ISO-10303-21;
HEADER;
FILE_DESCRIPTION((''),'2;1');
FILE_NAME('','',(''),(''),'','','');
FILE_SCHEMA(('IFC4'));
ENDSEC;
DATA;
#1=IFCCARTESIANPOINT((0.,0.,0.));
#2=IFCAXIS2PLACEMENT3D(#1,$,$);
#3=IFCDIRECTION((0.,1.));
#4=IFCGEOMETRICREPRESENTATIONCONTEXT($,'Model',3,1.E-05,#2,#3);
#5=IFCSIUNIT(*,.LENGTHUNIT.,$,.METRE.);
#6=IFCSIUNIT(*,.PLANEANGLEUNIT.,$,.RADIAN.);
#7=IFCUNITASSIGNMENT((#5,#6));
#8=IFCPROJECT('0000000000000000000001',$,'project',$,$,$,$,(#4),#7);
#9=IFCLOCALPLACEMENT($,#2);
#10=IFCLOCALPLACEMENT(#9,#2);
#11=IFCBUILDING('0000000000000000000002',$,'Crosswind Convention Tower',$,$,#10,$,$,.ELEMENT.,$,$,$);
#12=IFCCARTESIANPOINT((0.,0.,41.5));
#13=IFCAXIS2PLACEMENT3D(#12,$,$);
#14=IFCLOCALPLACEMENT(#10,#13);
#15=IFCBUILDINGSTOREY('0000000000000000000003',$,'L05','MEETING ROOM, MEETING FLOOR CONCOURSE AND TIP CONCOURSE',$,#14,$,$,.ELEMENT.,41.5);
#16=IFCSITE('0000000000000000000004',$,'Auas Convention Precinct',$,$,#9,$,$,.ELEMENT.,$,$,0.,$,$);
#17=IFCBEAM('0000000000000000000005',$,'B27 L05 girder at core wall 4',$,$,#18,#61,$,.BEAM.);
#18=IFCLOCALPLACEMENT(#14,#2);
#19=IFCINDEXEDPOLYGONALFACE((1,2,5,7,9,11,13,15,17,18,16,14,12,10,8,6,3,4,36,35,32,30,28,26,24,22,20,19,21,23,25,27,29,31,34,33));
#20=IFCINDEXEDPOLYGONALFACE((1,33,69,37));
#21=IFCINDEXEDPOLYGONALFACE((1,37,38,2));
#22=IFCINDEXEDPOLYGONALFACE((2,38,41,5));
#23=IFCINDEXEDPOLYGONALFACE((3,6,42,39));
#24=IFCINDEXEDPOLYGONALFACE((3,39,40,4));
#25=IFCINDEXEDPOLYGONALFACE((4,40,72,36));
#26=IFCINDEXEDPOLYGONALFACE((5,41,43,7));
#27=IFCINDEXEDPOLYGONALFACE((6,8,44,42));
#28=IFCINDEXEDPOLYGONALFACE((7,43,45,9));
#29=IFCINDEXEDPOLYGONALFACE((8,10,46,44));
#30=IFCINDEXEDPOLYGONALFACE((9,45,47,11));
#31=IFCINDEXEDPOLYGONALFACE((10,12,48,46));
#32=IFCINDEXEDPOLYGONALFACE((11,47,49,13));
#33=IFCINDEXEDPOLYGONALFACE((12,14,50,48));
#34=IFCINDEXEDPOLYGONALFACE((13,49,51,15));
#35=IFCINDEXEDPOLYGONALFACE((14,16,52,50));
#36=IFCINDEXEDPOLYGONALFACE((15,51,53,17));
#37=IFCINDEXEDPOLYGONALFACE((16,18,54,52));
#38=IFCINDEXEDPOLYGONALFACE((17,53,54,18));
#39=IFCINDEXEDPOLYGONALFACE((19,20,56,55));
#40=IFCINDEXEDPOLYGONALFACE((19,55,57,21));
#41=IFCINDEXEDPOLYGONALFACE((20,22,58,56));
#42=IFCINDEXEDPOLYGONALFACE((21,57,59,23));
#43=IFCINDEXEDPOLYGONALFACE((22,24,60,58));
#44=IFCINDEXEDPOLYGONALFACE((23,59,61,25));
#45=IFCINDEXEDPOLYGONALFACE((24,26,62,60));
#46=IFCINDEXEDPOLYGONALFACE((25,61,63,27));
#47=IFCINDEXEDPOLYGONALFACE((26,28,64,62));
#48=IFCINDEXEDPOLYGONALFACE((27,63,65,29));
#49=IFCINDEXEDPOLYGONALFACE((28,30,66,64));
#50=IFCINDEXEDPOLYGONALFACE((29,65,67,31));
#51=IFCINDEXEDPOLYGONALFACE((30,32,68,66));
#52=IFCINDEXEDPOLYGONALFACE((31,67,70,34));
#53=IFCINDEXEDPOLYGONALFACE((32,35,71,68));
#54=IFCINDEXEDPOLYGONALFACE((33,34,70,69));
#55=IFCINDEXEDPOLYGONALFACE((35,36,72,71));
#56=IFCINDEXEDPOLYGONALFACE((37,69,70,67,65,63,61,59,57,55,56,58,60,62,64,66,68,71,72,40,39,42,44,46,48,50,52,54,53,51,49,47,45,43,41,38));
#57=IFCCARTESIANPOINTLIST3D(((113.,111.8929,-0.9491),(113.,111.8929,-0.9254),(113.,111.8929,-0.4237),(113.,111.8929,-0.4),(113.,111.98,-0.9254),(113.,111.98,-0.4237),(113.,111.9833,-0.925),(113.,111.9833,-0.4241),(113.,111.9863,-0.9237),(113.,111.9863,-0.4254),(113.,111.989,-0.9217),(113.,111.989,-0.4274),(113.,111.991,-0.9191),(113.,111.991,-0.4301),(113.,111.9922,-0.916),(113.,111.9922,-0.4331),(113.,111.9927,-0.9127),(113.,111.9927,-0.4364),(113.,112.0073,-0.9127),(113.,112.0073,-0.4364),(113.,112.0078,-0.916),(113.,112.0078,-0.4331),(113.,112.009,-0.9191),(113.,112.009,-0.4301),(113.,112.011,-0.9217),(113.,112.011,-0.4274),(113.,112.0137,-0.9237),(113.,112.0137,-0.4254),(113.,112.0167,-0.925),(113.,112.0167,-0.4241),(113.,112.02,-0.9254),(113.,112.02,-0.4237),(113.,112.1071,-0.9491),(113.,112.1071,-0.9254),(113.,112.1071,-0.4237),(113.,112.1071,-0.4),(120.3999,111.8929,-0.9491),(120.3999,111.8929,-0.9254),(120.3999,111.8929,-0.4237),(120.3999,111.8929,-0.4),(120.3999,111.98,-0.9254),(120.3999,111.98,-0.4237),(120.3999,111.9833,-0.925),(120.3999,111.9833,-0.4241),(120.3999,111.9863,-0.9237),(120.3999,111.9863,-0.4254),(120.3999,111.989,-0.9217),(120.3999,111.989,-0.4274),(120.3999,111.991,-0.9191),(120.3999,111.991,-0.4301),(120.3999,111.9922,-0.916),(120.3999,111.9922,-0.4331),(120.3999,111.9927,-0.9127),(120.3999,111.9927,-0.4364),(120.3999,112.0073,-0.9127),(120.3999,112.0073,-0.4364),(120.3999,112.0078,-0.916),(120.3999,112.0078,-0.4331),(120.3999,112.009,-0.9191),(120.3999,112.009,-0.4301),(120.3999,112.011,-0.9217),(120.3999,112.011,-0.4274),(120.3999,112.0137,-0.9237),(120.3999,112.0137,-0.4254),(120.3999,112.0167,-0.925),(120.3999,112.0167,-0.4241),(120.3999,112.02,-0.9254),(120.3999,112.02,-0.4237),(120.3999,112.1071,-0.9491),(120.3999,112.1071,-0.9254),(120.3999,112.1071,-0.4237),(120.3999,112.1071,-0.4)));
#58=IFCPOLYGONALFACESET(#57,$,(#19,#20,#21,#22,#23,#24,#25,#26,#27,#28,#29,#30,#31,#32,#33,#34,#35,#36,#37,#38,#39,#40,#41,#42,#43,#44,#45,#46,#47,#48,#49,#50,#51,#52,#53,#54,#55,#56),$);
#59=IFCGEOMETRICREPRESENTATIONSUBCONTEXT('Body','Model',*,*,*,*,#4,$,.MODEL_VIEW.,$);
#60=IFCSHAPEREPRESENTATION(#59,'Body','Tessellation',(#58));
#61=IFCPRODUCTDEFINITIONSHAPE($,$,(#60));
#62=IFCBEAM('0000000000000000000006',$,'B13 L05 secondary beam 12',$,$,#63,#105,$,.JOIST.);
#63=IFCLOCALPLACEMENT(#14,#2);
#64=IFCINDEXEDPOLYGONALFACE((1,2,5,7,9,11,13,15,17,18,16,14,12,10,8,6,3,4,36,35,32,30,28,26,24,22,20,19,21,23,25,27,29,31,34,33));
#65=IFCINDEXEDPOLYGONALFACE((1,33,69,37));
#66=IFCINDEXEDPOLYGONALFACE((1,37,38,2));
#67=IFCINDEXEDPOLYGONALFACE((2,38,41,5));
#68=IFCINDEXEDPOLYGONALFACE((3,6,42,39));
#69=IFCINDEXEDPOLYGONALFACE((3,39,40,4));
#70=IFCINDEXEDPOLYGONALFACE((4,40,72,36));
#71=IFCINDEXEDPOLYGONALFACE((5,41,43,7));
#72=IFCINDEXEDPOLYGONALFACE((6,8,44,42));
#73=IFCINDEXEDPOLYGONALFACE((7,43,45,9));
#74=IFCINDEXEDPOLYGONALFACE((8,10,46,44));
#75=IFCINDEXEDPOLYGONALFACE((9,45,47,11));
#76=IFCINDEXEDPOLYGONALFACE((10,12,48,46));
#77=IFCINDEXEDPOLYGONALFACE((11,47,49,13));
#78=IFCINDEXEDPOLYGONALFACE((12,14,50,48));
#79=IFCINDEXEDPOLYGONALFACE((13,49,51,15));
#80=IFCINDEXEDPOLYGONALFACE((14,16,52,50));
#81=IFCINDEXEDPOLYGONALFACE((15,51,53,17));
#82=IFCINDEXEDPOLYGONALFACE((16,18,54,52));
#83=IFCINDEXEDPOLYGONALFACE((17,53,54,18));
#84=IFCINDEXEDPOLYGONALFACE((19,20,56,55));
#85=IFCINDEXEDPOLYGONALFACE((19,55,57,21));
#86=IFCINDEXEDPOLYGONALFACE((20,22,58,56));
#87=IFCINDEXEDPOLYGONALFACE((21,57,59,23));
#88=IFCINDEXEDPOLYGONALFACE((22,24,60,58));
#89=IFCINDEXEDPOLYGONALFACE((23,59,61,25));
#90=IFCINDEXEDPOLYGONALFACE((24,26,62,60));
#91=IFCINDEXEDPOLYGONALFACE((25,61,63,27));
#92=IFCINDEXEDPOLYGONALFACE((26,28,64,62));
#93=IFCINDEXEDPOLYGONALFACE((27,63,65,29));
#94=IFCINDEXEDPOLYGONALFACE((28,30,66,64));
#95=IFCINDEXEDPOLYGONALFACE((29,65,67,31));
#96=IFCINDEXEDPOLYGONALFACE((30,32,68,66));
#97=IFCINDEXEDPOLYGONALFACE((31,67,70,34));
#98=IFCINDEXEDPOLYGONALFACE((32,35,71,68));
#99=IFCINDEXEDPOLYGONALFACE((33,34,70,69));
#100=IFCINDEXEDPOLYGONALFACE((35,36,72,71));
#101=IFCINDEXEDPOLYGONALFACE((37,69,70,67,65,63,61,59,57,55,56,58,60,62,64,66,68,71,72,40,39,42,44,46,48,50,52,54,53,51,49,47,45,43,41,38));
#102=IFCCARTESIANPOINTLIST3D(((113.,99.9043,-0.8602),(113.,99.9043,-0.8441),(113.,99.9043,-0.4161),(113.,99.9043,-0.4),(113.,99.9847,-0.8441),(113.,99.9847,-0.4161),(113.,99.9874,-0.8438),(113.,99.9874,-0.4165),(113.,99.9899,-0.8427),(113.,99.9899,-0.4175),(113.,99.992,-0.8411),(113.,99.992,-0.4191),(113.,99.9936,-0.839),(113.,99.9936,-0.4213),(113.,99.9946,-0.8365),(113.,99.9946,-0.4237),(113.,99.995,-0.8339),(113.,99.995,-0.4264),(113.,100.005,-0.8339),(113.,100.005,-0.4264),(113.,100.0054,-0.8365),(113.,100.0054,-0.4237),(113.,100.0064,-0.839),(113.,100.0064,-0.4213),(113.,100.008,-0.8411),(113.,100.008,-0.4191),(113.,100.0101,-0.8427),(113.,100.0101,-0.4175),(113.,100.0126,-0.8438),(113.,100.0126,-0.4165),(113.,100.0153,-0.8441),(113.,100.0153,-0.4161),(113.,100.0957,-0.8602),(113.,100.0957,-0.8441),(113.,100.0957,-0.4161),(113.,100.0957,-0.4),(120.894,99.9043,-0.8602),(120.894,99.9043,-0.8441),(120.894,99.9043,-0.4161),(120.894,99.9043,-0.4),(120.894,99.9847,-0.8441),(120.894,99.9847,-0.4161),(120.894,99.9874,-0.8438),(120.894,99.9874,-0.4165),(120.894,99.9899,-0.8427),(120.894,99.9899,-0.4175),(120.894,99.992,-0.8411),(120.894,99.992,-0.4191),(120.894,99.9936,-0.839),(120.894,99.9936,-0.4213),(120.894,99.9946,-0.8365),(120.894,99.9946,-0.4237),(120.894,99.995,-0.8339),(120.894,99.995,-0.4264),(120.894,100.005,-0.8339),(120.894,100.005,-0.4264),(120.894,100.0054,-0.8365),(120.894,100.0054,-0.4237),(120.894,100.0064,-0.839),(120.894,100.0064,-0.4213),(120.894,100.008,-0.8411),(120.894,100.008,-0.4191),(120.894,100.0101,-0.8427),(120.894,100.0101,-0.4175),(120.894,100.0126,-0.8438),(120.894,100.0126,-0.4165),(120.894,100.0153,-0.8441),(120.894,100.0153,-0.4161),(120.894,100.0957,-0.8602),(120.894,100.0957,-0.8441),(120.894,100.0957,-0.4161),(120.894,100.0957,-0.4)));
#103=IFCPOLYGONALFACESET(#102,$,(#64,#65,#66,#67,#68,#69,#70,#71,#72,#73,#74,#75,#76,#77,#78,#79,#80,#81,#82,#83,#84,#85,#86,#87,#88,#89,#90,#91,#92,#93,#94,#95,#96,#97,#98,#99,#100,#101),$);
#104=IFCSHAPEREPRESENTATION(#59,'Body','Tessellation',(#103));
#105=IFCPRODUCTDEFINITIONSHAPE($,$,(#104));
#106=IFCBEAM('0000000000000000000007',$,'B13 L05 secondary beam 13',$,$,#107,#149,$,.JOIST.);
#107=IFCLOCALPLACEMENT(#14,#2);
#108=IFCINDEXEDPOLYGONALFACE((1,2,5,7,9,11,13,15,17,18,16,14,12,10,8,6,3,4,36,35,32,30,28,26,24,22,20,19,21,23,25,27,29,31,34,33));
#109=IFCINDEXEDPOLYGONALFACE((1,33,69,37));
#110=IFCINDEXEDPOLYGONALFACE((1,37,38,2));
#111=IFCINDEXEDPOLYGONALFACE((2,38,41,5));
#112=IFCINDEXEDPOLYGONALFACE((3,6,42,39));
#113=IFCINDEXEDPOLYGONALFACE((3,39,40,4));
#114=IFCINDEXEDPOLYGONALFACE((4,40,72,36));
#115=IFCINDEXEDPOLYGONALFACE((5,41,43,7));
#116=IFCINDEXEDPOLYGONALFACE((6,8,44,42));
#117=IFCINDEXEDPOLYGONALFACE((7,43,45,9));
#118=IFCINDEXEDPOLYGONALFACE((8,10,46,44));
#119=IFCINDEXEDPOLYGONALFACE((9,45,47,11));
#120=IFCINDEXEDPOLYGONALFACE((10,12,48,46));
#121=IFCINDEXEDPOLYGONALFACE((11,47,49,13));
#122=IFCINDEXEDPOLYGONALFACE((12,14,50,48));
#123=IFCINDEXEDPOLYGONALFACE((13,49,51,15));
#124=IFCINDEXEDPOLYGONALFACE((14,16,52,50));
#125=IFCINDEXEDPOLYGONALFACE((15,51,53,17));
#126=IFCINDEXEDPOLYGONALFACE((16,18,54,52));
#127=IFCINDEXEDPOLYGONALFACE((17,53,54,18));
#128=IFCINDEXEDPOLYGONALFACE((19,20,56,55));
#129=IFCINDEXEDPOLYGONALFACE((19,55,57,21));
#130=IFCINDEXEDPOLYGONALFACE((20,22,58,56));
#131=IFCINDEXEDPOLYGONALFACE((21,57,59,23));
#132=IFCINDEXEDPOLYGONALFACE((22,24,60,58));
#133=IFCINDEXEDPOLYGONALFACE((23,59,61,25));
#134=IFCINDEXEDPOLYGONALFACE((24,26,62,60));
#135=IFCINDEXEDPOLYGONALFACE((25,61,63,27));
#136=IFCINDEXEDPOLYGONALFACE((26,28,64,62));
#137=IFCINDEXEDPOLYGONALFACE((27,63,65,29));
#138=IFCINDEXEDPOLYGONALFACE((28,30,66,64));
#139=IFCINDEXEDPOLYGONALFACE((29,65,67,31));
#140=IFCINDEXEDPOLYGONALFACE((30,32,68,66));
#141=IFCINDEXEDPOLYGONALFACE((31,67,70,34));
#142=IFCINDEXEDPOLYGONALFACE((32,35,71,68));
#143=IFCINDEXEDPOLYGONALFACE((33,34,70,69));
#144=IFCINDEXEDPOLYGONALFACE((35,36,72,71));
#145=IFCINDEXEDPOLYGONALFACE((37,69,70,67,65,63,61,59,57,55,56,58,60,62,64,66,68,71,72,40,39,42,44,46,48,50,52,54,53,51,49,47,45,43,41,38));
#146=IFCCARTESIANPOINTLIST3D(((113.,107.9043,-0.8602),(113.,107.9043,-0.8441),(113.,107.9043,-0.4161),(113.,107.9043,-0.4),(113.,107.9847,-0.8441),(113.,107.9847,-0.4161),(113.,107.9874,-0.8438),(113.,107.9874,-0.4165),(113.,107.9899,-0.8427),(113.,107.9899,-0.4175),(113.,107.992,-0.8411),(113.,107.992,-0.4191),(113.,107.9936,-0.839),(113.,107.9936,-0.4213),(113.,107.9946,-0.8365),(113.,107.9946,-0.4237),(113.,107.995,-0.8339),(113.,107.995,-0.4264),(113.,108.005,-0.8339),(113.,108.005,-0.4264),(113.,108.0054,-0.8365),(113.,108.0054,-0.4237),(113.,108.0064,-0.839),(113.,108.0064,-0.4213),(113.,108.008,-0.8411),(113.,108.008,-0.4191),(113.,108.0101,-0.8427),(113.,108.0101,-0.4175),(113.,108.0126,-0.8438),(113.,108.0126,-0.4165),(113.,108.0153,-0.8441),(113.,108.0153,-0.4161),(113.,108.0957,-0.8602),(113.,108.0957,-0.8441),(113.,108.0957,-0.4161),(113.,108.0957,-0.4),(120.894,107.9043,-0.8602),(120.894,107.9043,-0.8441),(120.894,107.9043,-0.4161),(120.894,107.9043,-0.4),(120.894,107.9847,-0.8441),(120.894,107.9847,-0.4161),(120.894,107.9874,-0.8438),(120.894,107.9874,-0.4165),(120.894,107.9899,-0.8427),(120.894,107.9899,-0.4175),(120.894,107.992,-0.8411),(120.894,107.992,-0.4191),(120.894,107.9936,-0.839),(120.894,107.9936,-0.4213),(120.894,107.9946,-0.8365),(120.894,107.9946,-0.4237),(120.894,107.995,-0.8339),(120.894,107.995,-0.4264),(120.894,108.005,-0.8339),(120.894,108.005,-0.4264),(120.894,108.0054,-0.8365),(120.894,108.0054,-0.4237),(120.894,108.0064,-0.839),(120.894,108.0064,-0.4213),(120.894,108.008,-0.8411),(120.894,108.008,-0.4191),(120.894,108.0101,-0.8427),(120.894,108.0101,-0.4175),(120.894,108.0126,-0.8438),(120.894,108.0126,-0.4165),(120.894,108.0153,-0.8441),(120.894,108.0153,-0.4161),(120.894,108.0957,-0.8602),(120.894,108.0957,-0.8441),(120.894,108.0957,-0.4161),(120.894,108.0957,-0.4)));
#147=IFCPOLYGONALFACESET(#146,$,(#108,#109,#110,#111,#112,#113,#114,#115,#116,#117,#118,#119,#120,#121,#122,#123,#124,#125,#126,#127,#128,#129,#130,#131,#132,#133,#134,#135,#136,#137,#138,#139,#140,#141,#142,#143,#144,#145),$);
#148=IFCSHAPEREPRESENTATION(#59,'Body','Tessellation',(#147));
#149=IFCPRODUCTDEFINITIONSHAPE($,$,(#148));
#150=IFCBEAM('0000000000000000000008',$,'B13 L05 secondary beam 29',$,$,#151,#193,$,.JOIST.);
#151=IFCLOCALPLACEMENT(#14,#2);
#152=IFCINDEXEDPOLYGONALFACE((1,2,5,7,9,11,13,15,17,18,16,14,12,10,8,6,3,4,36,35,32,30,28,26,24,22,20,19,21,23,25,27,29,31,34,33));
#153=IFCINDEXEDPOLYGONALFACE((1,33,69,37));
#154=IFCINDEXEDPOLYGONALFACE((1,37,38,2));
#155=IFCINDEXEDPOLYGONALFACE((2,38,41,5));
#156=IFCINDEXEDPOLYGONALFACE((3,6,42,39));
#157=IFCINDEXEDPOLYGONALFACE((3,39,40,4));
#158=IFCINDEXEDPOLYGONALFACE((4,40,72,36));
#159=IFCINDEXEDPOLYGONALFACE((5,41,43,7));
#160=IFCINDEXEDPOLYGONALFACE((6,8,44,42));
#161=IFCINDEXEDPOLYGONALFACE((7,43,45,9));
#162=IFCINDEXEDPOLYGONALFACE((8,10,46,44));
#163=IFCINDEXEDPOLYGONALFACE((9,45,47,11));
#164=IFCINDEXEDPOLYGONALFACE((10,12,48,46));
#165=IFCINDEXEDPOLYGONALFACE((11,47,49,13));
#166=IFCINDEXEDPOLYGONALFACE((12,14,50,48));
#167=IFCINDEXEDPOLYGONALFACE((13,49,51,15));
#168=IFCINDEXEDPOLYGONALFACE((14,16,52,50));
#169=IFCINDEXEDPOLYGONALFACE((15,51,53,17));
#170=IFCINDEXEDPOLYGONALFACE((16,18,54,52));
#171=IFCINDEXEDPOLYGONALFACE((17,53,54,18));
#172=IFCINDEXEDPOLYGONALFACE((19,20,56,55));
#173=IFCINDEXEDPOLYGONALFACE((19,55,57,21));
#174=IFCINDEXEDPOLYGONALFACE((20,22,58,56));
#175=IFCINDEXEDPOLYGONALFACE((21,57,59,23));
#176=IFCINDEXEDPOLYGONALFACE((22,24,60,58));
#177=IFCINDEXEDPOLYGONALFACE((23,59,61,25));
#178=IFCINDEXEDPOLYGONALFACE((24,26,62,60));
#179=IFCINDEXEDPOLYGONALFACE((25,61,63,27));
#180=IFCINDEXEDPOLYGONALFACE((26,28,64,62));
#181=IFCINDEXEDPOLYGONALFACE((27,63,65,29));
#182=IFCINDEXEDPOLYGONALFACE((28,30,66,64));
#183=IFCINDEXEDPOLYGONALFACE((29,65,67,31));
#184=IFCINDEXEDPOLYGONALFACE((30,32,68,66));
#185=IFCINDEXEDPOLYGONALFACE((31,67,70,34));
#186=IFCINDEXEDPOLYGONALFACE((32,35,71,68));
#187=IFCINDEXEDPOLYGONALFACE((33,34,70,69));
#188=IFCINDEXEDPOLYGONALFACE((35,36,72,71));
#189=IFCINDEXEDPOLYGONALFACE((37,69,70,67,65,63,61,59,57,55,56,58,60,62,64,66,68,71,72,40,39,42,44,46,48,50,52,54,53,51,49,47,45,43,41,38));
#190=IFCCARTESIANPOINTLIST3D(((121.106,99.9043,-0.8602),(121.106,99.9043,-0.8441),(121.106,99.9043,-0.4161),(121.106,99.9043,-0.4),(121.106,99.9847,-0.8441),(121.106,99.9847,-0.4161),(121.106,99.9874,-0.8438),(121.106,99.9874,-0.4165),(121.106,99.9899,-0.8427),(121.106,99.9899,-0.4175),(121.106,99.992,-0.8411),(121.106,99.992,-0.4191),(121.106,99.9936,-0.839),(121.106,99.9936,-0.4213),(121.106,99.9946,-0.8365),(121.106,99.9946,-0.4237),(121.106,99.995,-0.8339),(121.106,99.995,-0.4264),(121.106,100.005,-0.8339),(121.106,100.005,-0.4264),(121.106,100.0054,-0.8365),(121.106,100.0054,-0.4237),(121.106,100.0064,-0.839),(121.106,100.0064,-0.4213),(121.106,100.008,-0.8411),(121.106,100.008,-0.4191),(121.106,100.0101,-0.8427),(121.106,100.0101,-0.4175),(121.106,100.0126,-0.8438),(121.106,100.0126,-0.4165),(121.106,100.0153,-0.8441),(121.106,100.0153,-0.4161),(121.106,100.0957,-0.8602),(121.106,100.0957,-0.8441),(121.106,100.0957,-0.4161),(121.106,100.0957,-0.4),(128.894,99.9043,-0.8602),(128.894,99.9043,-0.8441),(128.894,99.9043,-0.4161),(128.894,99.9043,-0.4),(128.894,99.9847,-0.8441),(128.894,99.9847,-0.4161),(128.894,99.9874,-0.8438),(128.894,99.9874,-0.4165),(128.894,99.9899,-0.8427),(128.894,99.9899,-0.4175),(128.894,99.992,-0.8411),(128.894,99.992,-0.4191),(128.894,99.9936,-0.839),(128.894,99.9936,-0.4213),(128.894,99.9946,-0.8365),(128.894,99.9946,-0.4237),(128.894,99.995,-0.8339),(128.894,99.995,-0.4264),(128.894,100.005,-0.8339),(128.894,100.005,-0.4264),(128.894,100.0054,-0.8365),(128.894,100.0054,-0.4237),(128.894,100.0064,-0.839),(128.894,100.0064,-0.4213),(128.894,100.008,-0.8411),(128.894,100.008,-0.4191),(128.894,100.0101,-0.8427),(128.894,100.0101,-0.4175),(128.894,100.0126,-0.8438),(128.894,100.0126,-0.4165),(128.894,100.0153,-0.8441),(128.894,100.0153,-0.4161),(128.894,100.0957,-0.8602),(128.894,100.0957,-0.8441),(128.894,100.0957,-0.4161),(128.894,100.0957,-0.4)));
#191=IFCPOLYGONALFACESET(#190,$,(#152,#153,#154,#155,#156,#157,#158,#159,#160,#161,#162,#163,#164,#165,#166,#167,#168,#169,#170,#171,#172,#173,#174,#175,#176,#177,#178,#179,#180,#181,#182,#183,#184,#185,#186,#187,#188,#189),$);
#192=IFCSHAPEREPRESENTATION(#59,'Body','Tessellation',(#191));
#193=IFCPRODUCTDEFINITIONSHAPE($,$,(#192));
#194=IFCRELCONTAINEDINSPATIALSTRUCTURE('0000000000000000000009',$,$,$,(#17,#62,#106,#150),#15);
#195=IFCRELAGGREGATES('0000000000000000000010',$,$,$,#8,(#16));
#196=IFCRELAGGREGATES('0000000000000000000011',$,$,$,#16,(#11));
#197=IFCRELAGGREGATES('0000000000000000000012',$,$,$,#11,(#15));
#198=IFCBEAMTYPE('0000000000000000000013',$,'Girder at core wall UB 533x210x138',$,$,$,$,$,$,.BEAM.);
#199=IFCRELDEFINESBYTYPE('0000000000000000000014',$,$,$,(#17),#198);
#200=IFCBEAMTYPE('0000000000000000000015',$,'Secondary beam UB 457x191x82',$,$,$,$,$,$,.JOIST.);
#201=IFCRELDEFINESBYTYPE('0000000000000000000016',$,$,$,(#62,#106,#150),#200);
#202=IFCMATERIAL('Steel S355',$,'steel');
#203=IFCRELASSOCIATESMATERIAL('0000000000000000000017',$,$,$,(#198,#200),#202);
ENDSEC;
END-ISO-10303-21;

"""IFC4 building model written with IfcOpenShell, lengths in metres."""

from ifc_helpers import new_model, si_unit, direction, frame, origin, origin_2d, place, context, subcontext, project, spatial, i_section, extrude, material, material_profile, profile_set, type_object, element, save


model = new_model("IFC4")

# Units and contexts
model_context = context("Model", 3, precision=1e-05, world=origin(), true_north=direction((0.0, 1.0)))
body_context = subcontext(model_context, "Body", "Model", "MODEL_VIEW")
ifc_project = project(units=[si_unit("LENGTHUNIT", "METRE"), si_unit("PLANEANGLEUNIT", "RADIAN")], contexts=[model_context])

# Site, building, storey
site_placement = place(None, origin())
site = spatial("IfcSite", under=ifc_project, at=site_placement, Name="Auas Convention Precinct", CompositionType="ELEMENT", RefElevation=0.0)
building_placement = place(site_placement, origin())
building = spatial("IfcBuilding", under=site, at=building_placement, Name="Crosswind Convention Tower", CompositionType="ELEMENT")
storey_placement = place(building_placement, frame((0.0, 0.0, 41.5)))
storey = spatial("IfcBuildingStorey", under=building, at=storey_placement, Name="L05", Description="MEETING ROOM, MEETING FLOOR CONCOURSE AND TIP CONCOURSE", CompositionType="ELEMENT", Elevation=41.5)

# Beams
ifc_material_1 = material(Name="Steel S355", Category="steel")
ifc_material_profile_1 = material_profile(ifc_material_1, i_section(OverallWidth=0.2141, OverallDepth=0.5491, WebThickness=0.0146, FlangeThickness=0.0237, FilletRadius=0.0127, at=origin_2d()), Name="UB 533x210x138")
ifc_profile_set_1 = profile_set([ifc_material_profile_1], Name="Steel S355")
beam_type_1 = type_object("IfcBeamType", Name="Girder at core wall UB 533x210x138", PredefinedType="BEAM", material=ifc_profile_set_1)
for number, where, z_axis, x_axis, name in (
    (1, (113.0, 112.0, -0.6746), (1.0, 0.0, 0.0), (0.0, 1.0, 0.0), "B27 L05 girder at core wall 4"),
):
    element("IfcBeam", number, at=place(storey_placement, frame(where, z_axis=z_axis, x_axis=x_axis)), inside=storey, type_object=beam_type_1, Name=name, PredefinedType="BEAM", context=body_context, shape_type="SweptSolid", body=[
        extrude(i_section(OverallWidth=0.2141, OverallDepth=0.5491, WebThickness=0.0146, FlangeThickness=0.0237, FilletRadius=0.0127, at=origin_2d()), origin(), (0.0, 0.0, 1.0), 7.3999),
    ])
ifc_material_profile_2 = material_profile(ifc_material_1, i_section(OverallWidth=0.1914, OverallDepth=0.4602, WebThickness=0.01, FlangeThickness=0.0161, FilletRadius=0.0103, at=origin_2d()), Name="UB 457x191x82")
ifc_profile_set_2 = profile_set([ifc_material_profile_2], Name="Steel S355")
beam_type_2 = type_object("IfcBeamType", Name="Secondary beam UB 457x191x82", PredefinedType="JOIST", material=ifc_profile_set_2)
for number, where, z_axis, x_axis, name in (
    (2, (113.0, 100.0, -0.6301), (1.0, 0.0, 0.0), (0.0, 1.0, 0.0), "B13 L05 secondary beam 12"),
    (3, (113.0, 108.0, -0.6301), (1.0, 0.0, 0.0), (0.0, 1.0, 0.0), "B13 L05 secondary beam 13"),
):
    element("IfcBeam", number, at=place(storey_placement, frame(where, z_axis=z_axis, x_axis=x_axis)), inside=storey, type_object=beam_type_2, Name=name, PredefinedType="JOIST", context=body_context, shape_type="SweptSolid", body=[
        extrude(i_section(OverallWidth=0.1914, OverallDepth=0.4602, WebThickness=0.01, FlangeThickness=0.0161, FilletRadius=0.0103, at=origin_2d()), origin(), (0.0, 0.0, 1.0), 7.894),
    ])
beam_placement = place(storey_placement, frame((121.106, 100.0, -0.6301), z_axis=(1.0, 0.0, 0.0), x_axis=(0.0, 1.0, 0.0)))
element("IfcBeam", 4, at=beam_placement, inside=storey, type_object=beam_type_2, Name="B13 L05 secondary beam 29", PredefinedType="JOIST", context=body_context, shape_type="SweptSolid", body=[
    extrude(i_section(OverallWidth=0.1914, OverallDepth=0.4602, WebThickness=0.01, FlangeThickness=0.0161, FilletRadius=0.0103, at=origin_2d()), origin(), (0.0, 0.0, 1.0), 7.7881),
])

save(model, "model.ifc")
